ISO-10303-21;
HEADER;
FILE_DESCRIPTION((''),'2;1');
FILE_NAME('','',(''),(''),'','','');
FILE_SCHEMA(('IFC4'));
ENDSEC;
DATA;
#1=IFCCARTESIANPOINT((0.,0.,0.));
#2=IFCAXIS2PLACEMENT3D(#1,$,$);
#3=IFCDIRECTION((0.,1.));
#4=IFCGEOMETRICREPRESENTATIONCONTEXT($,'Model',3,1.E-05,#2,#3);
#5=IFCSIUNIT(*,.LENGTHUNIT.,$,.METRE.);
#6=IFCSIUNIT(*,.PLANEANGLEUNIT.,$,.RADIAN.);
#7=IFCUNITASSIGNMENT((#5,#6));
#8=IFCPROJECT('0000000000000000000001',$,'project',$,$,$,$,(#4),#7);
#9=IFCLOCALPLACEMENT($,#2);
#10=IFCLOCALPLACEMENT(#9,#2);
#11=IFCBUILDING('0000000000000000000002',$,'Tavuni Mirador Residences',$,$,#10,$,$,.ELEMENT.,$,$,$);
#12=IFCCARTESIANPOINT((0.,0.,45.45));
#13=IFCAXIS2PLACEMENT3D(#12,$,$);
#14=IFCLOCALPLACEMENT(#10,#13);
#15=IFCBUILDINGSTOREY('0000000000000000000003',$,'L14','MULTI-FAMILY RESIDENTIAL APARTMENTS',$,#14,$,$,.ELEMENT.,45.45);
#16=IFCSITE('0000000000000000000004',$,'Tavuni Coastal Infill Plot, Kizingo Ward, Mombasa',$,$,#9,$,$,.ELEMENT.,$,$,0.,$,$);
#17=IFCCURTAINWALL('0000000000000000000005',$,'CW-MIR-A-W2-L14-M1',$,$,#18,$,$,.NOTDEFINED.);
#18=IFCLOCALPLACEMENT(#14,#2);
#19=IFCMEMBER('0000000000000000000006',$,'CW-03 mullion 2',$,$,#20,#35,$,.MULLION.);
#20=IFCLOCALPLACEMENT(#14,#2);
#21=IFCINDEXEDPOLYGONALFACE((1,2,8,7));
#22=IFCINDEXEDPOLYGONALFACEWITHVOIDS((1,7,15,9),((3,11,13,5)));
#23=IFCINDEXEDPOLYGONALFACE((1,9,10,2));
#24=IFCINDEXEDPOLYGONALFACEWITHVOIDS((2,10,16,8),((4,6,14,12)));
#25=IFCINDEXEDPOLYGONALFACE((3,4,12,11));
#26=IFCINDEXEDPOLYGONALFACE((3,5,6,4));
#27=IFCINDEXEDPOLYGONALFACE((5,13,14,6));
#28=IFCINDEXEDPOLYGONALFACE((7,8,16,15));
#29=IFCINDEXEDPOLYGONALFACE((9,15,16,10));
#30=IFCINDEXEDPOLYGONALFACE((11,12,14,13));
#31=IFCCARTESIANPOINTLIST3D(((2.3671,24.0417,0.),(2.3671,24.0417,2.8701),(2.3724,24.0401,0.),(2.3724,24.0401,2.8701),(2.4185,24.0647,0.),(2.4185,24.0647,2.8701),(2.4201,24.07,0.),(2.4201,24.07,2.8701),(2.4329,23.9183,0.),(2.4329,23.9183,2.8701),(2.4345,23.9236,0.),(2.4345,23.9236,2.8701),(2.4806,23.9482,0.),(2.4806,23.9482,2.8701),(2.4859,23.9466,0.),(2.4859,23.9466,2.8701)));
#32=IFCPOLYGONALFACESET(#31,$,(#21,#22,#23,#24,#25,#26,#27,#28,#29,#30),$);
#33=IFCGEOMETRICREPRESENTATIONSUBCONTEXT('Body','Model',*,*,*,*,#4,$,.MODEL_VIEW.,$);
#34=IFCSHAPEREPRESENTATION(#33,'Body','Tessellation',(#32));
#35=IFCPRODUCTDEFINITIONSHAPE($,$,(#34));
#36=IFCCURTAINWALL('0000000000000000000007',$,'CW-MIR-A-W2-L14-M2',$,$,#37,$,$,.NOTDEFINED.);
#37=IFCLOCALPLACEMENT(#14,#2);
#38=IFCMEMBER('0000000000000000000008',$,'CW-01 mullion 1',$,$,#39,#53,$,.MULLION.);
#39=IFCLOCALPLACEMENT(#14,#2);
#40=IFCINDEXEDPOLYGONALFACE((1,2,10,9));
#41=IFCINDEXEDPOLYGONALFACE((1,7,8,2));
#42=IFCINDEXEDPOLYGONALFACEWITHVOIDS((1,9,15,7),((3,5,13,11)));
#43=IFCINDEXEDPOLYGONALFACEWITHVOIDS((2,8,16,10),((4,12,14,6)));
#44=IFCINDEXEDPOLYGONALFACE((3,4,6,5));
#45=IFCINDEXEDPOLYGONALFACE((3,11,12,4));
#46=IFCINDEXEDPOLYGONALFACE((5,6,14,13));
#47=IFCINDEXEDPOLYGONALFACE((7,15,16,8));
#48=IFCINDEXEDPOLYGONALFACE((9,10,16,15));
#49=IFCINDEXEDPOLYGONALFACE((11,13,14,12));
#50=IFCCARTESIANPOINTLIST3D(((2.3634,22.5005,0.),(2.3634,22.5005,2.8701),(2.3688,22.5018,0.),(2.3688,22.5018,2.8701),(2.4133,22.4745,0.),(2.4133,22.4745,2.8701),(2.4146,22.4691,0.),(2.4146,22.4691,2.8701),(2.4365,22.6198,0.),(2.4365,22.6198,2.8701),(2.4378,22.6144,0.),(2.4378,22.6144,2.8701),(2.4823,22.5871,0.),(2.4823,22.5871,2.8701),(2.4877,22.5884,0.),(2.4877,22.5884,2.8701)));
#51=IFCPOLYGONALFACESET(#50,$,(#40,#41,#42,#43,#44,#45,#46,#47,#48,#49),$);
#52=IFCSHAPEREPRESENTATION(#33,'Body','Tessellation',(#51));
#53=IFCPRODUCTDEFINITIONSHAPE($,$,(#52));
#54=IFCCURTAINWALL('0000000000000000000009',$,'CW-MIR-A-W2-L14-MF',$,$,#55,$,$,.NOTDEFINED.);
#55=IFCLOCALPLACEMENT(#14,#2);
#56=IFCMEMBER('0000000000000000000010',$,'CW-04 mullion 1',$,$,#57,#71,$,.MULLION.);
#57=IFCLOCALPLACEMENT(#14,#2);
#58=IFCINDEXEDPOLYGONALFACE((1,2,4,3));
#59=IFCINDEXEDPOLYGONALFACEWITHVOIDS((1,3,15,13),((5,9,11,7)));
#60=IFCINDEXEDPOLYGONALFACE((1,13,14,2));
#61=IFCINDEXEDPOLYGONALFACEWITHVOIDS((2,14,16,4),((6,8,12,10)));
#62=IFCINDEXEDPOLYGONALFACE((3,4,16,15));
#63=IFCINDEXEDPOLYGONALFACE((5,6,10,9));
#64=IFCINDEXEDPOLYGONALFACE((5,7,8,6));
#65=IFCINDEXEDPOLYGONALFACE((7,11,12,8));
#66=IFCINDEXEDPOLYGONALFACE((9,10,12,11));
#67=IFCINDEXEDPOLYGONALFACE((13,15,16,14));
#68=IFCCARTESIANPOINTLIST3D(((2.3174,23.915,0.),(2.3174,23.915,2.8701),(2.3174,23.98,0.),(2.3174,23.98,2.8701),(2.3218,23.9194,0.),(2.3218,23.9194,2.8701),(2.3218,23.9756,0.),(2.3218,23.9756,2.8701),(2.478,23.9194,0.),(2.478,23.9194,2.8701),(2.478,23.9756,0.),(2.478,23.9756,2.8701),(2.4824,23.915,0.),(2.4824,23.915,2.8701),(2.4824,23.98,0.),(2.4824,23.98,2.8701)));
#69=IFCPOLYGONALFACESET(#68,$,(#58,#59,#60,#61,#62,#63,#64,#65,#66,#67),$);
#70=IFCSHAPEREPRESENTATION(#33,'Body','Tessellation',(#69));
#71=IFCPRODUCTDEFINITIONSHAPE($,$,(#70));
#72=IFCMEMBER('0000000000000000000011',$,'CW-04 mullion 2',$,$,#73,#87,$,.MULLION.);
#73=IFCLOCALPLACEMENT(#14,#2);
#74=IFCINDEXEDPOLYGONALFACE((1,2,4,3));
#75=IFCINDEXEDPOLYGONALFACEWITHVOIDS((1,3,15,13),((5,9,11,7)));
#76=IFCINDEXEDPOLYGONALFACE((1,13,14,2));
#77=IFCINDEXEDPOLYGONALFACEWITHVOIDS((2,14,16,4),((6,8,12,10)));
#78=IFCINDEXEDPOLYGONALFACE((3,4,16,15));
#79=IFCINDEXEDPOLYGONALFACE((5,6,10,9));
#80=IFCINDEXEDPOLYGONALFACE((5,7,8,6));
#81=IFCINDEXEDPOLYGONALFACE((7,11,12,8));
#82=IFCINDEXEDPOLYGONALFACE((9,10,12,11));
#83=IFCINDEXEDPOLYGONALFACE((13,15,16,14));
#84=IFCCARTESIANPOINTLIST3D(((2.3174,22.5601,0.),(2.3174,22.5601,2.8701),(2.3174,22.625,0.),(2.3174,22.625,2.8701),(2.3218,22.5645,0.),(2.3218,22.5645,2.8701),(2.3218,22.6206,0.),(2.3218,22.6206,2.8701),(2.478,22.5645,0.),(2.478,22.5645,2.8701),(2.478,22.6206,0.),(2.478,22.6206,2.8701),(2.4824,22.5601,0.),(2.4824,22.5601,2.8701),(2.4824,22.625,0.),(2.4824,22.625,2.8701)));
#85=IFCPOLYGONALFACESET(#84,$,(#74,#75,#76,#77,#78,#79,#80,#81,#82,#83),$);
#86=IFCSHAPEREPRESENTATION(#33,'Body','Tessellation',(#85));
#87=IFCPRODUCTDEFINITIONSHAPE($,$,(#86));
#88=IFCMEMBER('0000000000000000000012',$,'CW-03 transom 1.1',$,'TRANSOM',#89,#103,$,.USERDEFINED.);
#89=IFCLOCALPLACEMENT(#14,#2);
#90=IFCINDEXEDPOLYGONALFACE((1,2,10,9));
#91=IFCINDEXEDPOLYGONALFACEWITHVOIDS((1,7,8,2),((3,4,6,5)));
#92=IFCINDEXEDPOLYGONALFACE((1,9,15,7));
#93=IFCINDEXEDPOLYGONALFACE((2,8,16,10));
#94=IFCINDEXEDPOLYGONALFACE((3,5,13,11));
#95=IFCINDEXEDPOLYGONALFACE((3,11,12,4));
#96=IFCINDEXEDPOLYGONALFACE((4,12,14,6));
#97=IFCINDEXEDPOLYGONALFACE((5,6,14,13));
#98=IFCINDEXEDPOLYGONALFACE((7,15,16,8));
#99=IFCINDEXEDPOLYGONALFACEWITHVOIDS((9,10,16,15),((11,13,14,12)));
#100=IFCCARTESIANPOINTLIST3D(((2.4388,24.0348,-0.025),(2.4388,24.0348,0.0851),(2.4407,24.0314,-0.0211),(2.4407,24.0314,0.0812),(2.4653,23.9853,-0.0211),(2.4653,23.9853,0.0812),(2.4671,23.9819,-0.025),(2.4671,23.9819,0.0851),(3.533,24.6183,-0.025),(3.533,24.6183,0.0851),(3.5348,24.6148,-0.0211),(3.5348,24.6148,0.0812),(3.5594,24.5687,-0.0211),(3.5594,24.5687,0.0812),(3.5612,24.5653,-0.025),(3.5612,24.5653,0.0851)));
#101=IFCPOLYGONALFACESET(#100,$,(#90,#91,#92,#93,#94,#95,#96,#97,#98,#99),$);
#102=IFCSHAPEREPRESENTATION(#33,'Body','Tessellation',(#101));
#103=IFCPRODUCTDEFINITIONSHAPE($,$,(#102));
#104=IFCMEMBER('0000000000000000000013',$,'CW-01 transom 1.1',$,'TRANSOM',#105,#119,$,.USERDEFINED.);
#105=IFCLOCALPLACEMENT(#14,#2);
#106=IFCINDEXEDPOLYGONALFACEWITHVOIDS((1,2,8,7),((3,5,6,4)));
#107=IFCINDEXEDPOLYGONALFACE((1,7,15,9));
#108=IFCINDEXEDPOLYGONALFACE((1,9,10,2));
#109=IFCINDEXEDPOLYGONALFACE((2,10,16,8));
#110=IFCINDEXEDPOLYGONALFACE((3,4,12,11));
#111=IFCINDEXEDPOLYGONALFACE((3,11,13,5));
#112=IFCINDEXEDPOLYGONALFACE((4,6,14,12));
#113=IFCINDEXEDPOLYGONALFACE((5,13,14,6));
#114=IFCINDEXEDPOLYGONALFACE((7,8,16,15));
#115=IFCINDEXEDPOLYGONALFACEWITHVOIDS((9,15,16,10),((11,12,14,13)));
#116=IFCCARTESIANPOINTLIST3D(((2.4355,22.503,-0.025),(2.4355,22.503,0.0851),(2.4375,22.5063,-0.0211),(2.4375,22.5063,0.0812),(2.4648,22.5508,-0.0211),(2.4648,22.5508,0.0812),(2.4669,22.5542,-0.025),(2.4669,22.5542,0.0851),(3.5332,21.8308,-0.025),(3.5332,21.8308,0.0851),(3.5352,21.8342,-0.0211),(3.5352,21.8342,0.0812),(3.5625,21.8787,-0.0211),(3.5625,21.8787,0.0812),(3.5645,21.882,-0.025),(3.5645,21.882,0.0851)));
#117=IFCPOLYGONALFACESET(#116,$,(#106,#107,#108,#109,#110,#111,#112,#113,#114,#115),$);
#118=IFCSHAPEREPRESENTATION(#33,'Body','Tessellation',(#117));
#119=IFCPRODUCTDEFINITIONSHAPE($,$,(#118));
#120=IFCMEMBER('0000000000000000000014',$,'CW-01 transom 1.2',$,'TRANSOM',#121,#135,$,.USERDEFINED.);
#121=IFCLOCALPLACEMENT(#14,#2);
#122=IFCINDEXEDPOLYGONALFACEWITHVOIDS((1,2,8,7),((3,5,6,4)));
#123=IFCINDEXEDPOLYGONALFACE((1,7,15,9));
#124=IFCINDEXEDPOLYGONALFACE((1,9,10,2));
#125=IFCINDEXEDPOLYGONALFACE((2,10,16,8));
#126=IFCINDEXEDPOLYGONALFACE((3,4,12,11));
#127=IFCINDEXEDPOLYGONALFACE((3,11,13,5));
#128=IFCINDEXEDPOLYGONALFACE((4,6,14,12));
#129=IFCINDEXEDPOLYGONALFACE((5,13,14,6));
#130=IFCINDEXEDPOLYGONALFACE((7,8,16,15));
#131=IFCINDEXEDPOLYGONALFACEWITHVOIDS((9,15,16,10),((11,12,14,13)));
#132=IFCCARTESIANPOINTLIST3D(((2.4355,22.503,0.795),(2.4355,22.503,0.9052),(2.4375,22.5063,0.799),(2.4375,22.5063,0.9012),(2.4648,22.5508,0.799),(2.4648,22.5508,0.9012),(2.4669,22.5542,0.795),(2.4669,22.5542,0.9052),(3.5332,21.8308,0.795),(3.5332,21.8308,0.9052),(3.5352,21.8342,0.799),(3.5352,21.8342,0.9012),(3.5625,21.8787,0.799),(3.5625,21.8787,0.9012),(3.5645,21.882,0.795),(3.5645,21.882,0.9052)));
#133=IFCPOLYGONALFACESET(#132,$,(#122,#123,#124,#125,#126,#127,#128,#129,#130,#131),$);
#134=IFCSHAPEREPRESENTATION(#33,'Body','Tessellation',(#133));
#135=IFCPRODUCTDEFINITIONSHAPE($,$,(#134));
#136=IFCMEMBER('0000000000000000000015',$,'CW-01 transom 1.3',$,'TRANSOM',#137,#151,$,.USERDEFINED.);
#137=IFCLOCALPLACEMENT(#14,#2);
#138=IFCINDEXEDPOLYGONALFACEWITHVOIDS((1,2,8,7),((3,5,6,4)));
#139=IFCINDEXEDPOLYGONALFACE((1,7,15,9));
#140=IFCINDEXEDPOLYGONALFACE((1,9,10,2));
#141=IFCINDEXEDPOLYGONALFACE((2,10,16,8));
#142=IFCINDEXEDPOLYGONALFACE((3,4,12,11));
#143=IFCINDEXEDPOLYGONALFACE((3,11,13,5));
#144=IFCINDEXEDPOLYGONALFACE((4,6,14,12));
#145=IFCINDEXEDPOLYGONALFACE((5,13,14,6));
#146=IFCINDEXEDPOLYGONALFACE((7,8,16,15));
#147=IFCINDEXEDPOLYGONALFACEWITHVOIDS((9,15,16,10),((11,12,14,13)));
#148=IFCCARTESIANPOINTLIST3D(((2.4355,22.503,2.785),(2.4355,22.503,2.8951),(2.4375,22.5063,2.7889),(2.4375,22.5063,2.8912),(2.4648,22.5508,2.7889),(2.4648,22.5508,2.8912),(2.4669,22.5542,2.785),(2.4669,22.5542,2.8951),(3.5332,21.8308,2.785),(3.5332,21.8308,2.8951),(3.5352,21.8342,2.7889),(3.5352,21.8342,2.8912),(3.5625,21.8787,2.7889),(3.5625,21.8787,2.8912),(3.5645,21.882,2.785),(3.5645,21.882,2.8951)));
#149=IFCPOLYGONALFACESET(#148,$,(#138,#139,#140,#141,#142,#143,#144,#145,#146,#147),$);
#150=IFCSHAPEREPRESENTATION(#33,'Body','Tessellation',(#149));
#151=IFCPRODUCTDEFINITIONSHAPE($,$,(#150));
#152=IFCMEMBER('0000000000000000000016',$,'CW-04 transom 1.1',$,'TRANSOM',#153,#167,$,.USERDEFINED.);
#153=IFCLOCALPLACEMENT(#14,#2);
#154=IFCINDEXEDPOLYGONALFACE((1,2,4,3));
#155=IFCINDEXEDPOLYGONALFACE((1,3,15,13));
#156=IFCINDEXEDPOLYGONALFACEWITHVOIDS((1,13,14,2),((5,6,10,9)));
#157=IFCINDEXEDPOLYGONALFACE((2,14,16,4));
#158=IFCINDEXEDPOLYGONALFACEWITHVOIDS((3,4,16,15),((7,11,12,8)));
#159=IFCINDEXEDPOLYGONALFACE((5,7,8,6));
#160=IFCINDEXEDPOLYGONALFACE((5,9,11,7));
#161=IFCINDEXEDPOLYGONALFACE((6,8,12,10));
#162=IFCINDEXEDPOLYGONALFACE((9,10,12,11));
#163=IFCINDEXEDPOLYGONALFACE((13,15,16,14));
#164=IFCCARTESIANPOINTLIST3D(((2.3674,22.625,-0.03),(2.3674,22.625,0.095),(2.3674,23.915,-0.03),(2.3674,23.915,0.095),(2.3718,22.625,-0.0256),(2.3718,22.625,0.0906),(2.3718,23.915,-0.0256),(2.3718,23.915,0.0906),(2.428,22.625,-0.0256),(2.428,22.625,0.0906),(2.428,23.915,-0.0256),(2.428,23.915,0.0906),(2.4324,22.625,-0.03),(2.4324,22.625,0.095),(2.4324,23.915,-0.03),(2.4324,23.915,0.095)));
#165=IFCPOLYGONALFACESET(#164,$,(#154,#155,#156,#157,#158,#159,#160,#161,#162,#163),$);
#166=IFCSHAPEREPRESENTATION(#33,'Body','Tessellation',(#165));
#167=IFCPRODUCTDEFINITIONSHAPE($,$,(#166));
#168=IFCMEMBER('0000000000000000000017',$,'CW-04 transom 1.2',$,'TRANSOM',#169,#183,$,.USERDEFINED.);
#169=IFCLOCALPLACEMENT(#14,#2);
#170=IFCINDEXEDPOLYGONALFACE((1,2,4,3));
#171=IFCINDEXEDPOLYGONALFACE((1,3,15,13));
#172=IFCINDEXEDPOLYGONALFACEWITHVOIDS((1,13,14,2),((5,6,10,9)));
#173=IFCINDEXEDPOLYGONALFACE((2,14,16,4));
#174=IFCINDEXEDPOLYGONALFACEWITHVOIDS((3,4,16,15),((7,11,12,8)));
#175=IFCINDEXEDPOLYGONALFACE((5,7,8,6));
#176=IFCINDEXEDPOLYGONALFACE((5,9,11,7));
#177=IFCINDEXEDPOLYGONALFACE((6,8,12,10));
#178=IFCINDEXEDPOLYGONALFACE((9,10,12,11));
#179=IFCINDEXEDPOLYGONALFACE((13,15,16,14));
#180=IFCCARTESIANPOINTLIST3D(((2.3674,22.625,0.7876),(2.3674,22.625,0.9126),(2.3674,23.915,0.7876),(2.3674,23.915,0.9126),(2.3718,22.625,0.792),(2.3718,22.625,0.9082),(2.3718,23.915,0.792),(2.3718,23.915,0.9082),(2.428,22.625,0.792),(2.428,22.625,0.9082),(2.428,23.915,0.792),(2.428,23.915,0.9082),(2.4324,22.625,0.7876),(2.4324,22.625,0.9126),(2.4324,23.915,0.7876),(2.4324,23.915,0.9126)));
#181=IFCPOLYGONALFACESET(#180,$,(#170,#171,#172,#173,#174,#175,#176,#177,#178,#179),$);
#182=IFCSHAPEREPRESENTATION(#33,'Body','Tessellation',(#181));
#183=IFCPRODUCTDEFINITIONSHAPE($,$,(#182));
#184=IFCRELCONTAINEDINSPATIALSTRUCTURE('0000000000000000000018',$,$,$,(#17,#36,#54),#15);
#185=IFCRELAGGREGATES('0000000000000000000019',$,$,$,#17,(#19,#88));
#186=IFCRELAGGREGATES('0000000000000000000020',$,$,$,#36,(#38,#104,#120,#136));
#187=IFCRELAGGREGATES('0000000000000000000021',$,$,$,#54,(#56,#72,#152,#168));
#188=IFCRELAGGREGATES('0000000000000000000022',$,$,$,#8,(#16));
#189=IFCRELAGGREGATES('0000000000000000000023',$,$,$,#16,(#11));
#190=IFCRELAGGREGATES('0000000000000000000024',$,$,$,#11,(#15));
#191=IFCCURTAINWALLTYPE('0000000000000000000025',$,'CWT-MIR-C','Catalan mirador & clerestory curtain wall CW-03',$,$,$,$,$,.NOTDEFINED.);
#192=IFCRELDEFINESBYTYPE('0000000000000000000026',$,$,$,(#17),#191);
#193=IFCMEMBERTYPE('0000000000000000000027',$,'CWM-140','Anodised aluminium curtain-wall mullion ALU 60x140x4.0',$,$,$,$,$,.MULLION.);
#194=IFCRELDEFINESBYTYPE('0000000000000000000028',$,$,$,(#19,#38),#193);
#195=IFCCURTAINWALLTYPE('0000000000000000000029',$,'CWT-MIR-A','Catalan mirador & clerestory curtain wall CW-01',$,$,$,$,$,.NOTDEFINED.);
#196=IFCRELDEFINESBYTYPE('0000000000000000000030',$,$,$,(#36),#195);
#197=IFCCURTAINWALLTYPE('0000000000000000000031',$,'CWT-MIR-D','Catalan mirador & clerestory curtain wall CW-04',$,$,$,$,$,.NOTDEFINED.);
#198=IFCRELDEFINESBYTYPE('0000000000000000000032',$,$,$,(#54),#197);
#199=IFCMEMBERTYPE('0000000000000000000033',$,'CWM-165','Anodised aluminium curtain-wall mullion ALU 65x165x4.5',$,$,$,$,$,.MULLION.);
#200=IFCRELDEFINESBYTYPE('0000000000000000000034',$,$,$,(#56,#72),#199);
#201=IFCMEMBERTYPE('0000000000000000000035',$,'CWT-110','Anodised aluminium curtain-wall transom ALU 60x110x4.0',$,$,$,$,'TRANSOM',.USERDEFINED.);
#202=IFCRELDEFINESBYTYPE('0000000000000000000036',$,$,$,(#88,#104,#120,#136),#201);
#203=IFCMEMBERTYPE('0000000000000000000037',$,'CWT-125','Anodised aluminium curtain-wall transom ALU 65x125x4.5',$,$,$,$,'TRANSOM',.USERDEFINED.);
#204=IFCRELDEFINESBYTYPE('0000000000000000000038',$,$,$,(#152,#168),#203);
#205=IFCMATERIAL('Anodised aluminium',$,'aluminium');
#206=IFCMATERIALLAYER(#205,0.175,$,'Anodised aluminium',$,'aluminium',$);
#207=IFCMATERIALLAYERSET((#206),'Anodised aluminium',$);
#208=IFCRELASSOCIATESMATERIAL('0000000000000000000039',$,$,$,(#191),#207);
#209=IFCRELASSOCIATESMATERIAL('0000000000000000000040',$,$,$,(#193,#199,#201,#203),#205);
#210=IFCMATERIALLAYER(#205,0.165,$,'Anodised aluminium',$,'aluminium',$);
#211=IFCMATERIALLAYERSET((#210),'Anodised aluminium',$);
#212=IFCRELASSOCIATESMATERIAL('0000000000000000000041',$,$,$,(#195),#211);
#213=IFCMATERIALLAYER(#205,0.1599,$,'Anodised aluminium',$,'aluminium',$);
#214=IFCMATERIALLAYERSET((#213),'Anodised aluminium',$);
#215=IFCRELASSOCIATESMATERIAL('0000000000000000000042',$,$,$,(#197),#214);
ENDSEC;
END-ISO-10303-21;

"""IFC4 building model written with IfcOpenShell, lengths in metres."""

from ifc_helpers import new_model, si_unit, direction, frame, origin, origin_2d, place, context, subcontext, project, spatial, hollow_rectangle, extrude, material, layer, layer_set, material_profile, profile_set, type_object, element, aggregate, save


model = new_model("IFC4")

# Units and contexts
model_context = context("Model", 3, precision=1e-05, world=origin(), true_north=direction((0.0, 1.0)))
body_context = subcontext(model_context, "Body", "Model", "MODEL_VIEW")
ifc_project = project(units=[si_unit("LENGTHUNIT", "METRE"), si_unit("PLANEANGLEUNIT", "RADIAN")], contexts=[model_context])

# Site, building, storey
site_placement = place(None, origin())
site = spatial("IfcSite", under=ifc_project, at=site_placement, Name="Tavuni Coastal Infill Plot, Kizingo Ward, Mombasa", CompositionType="ELEMENT", RefElevation=0.0)
building_placement = place(site_placement, origin())
building = spatial("IfcBuilding", under=site, at=building_placement, Name="Tavuni Mirador Residences", CompositionType="ELEMENT")
storey_placement = place(building_placement, frame((0.0, 0.0, 45.45)))
storey = spatial("IfcBuildingStorey", under=building, at=storey_placement, Name="L14", Description="MULTI-FAMILY RESIDENTIAL APARTMENTS", CompositionType="ELEMENT", Elevation=45.45)

# Curtain walls, members
ifc_material_1 = material(Name="Anodised aluminium", Category="aluminium")
ifc_layer_1 = layer(ifc_material_1, 0.175, Name="Anodised aluminium", Category="aluminium")
ifc_layer_set_1 = layer_set([ifc_layer_1], Name="Anodised aluminium")
curtain_wall_type_1 = type_object("IfcCurtainWallType", Name="CWT-MIR-C", Description="Catalan mirador & clerestory curtain wall CW-03", PredefinedType="NOTDEFINED", material=ifc_layer_set_1)
curtain_wall_1_placement = place(storey_placement, origin())
curtain_wall_1 = element("IfcCurtainWall", 1, at=curtain_wall_1_placement, inside=storey, type_object=curtain_wall_type_1, Name="CW-MIR-A-W2-L14-M1", PredefinedType="NOTDEFINED")
ifc_material_profile_1 = material_profile(ifc_material_1, hollow_rectangle(XDim=0.0601, YDim=0.1399, WallThickness=0.0039, at=origin_2d()), Name="ALU 60x140x4.0", Category="aluminium")
ifc_profile_set_1 = profile_set([ifc_material_profile_1], Name="Anodised aluminium")
member_type_1 = type_object("IfcMemberType", Name="CWM-140", Description="Anodised aluminium curtain-wall mullion ALU 60x140x4.0", PredefinedType="MULLION", material=ifc_profile_set_1)
member_1_placement = place(storey_placement, frame((2.4265, 23.9941, 0.0), z_axis=(0.0, 0.0, 1.0), x_axis=(-0.882353, -0.470588, 0.0)))
member_1 = element("IfcMember", 2, at=member_1_placement, type_object=member_type_1, Name="CW-03 mullion 2", PredefinedType="MULLION", context=body_context, shape_type="SweptSolid", body=[
    extrude(hollow_rectangle(XDim=0.0601, YDim=0.1399, WallThickness=0.0039, at=origin_2d()), origin(), (0.0, 0.0, 1.0), 2.8701),
])
ifc_layer_2 = layer(ifc_material_1, 0.165, Name="Anodised aluminium", Category="aluminium")
ifc_layer_set_2 = layer_set([ifc_layer_2], Name="Anodised aluminium")
curtain_wall_type_2 = type_object("IfcCurtainWallType", Name="CWT-MIR-A", Description="Catalan mirador & clerestory curtain wall CW-01", PredefinedType="NOTDEFINED", material=ifc_layer_set_2)
curtain_wall_2_placement = place(storey_placement, origin())
curtain_wall_2 = element("IfcCurtainWall", 3, at=curtain_wall_2_placement, inside=storey, type_object=curtain_wall_type_2, Name="CW-MIR-A-W2-L14-M2", PredefinedType="NOTDEFINED")
member_2_placement = place(storey_placement, frame((2.4255, 22.5444, 0.0), z_axis=(0.0, 0.0, 1.0), x_axis=(0.852754, -0.522312, 0.0)))
member_2 = element("IfcMember", 4, at=member_2_placement, type_object=member_type_1, Name="CW-01 mullion 1", PredefinedType="MULLION", context=body_context, shape_type="SweptSolid", body=[
    extrude(hollow_rectangle(XDim=0.0601, YDim=0.1399, WallThickness=0.0039, at=origin_2d()), origin(), (0.0, 0.0, 1.0), 2.8701),
])

# Curtain wall, members
ifc_layer_3 = layer(ifc_material_1, 0.1599, Name="Anodised aluminium", Category="aluminium")
ifc_layer_set_3 = layer_set([ifc_layer_3], Name="Anodised aluminium")
curtain_wall_type_3 = type_object("IfcCurtainWallType", Name="CWT-MIR-D", Description="Catalan mirador & clerestory curtain wall CW-04", PredefinedType="NOTDEFINED", material=ifc_layer_set_3)
curtain_wall_3_placement = place(storey_placement, origin())
curtain_wall_3 = element("IfcCurtainWall", 5, at=curtain_wall_3_placement, inside=storey, type_object=curtain_wall_type_3, Name="CW-MIR-A-W2-L14-MF", PredefinedType="NOTDEFINED")
ifc_material_profile_2 = material_profile(ifc_material_1, hollow_rectangle(XDim=0.0649, YDim=0.165, WallThickness=0.0044, at=origin_2d()), Name="ALU 65x165x4.5", Category="aluminium")
ifc_profile_set_2 = profile_set([ifc_material_profile_2], Name="Anodised aluminium")
member_type_2 = type_object("IfcMemberType", Name="CWM-165", Description="Anodised aluminium curtain-wall mullion ALU 65x165x4.5", PredefinedType="MULLION", material=ifc_profile_set_2)
member_3_placement = place(storey_placement, frame((2.3999, 23.9475, 0.0), z_axis=(0.0, 0.0, 1.0), x_axis=(0.0, -1.0, 0.0)))
member_3 = element("IfcMember", 6, at=member_3_placement, type_object=member_type_2, Name="CW-04 mullion 1", PredefinedType="MULLION", context=body_context, shape_type="SweptSolid", body=[
    extrude(hollow_rectangle(XDim=0.0649, YDim=0.165, WallThickness=0.0044, at=origin_2d()), origin(), (0.0, 0.0, 1.0), 2.8701),
])
member_4_placement = place(storey_placement, frame((2.3999, 22.5925, 0.0), z_axis=(0.0, 0.0, 1.0), x_axis=(0.0, -1.0, 0.0)))
member_4 = element("IfcMember", 7, at=member_4_placement, type_object=member_type_2, Name="CW-04 mullion 2", PredefinedType="MULLION", context=body_context, shape_type="SweptSolid", body=[
    extrude(hollow_rectangle(XDim=0.0649, YDim=0.165, WallThickness=0.0044, at=origin_2d()), origin(), (0.0, 0.0, 1.0), 2.8701),
])

# Members
ifc_material_profile_3 = material_profile(ifc_material_1, hollow_rectangle(XDim=0.0601, YDim=0.1101, WallThickness=0.0039, at=origin_2d()), Name="ALU 60x110x4.0", Category="aluminium")
ifc_profile_set_3 = profile_set([ifc_material_profile_3], Name="Anodised aluminium")
member_type_3 = type_object("IfcMemberType", Name="CWT-110", Description="Anodised aluminium curtain-wall transom ALU 60x110x4.0", ElementType="TRANSOM", PredefinedType="USERDEFINED", material=ifc_profile_set_3)
member_5_placement = place(storey_placement, frame((3.5471, 24.5918, 0.03), z_axis=(-0.882386, -0.470527, 0.0), x_axis=(0.470527, -0.882386, 0.0)))
member_5 = element("IfcMember", 8, at=member_5_placement, type_object=member_type_3, Name="CW-03 transom 1.1", ObjectType="TRANSOM", PredefinedType="USERDEFINED", context=body_context, shape_type="SweptSolid", body=[
    extrude(hollow_rectangle(XDim=0.0601, YDim=0.1101, WallThickness=0.0039, at=origin_2d()), origin(), (0.0, 0.0, 1.0), 1.24),
])
member_6_placement = place(storey_placement, frame((2.4512, 22.5286, 0.03), z_axis=(0.852822, -0.522202, 0.0), x_axis=(0.522202, 0.852822, 0.0)))
member_6 = element("IfcMember", 9, at=member_6_placement, type_object=member_type_3, Name="CW-01 transom 1.1", ObjectType="TRANSOM", PredefinedType="USERDEFINED", context=body_context, shape_type="SweptSolid", body=[
    extrude(hollow_rectangle(XDim=0.0601, YDim=0.1101, WallThickness=0.0039, at=origin_2d()), origin(), (0.0, 0.0, 1.0), 1.2871),
])
member_7_placement = place(storey_placement, frame((2.4512, 22.5286, 0.8501), z_axis=(0.852822, -0.522202, 0.0), x_axis=(0.522202, 0.852822, 0.0)))
member_7 = element("IfcMember", 10, at=member_7_placement, type_object=member_type_3, Name="CW-01 transom 1.2", ObjectType="TRANSOM", PredefinedType="USERDEFINED", context=body_context, shape_type="SweptSolid", body=[
    extrude(hollow_rectangle(XDim=0.0601, YDim=0.1101, WallThickness=0.0039, at=origin_2d()), origin(), (0.0, 0.0, 1.0), 1.2871),
])
member_8_placement = place(storey_placement, frame((2.4512, 22.5286, 2.8401), z_axis=(0.852822, -0.522202, 0.0), x_axis=(0.522202, 0.852822, 0.0)))
member_8 = element("IfcMember", 11, at=member_8_placement, type_object=member_type_3, Name="CW-01 transom 1.3", ObjectType="TRANSOM", PredefinedType="USERDEFINED", context=body_context, shape_type="SweptSolid", body=[
    extrude(hollow_rectangle(XDim=0.0601, YDim=0.1101, WallThickness=0.0039, at=origin_2d()), origin(), (0.0, 0.0, 1.0), 1.2871),
])
ifc_material_profile_4 = material_profile(ifc_material_1, hollow_rectangle(XDim=0.0649, YDim=0.125, WallThickness=0.0044, at=origin_2d()), Name="ALU 65x125x4.5", Category="aluminium")
ifc_profile_set_4 = profile_set([ifc_material_profile_4], Name="Anodised aluminium")
member_type_4 = type_object("IfcMemberType", Name="CWT-125", Description="Anodised aluminium curtain-wall transom ALU 65x125x4.5", ElementType="TRANSOM", PredefinedType="USERDEFINED", material=ifc_profile_set_4)
member_9_placement = place(storey_placement, frame((2.3999, 23.915, 0.0325), z_axis=(0.0, -1.0, 0.0), x_axis=(1.0, 0.0, 0.0)))
member_9 = element("IfcMember", 12, at=member_9_placement, type_object=member_type_4, Name="CW-04 transom 1.1", ObjectType="TRANSOM", PredefinedType="USERDEFINED", context=body_context, shape_type="SweptSolid", body=[
    extrude(hollow_rectangle(XDim=0.0649, YDim=0.125, WallThickness=0.0044, at=origin_2d()), origin(), (0.0, 0.0, 1.0), 1.29),
])
member_10_placement = place(storey_placement, frame((2.3999, 23.915, 0.8501), z_axis=(0.0, -1.0, 0.0), x_axis=(1.0, 0.0, 0.0)))
member_10 = element("IfcMember", 13, at=member_10_placement, type_object=member_type_4, Name="CW-04 transom 1.2", ObjectType="TRANSOM", PredefinedType="USERDEFINED", context=body_context, shape_type="SweptSolid", body=[
    extrude(hollow_rectangle(XDim=0.0649, YDim=0.125, WallThickness=0.0044, at=origin_2d()), origin(), (0.0, 0.0, 1.0), 1.29),
])

aggregate(curtain_wall_1, [member_1, member_5])
aggregate(curtain_wall_2, [member_2, member_6, member_7, member_8])
aggregate(curtain_wall_3, [member_3, member_4, member_9, member_10])

save(model, "model.ifc")
